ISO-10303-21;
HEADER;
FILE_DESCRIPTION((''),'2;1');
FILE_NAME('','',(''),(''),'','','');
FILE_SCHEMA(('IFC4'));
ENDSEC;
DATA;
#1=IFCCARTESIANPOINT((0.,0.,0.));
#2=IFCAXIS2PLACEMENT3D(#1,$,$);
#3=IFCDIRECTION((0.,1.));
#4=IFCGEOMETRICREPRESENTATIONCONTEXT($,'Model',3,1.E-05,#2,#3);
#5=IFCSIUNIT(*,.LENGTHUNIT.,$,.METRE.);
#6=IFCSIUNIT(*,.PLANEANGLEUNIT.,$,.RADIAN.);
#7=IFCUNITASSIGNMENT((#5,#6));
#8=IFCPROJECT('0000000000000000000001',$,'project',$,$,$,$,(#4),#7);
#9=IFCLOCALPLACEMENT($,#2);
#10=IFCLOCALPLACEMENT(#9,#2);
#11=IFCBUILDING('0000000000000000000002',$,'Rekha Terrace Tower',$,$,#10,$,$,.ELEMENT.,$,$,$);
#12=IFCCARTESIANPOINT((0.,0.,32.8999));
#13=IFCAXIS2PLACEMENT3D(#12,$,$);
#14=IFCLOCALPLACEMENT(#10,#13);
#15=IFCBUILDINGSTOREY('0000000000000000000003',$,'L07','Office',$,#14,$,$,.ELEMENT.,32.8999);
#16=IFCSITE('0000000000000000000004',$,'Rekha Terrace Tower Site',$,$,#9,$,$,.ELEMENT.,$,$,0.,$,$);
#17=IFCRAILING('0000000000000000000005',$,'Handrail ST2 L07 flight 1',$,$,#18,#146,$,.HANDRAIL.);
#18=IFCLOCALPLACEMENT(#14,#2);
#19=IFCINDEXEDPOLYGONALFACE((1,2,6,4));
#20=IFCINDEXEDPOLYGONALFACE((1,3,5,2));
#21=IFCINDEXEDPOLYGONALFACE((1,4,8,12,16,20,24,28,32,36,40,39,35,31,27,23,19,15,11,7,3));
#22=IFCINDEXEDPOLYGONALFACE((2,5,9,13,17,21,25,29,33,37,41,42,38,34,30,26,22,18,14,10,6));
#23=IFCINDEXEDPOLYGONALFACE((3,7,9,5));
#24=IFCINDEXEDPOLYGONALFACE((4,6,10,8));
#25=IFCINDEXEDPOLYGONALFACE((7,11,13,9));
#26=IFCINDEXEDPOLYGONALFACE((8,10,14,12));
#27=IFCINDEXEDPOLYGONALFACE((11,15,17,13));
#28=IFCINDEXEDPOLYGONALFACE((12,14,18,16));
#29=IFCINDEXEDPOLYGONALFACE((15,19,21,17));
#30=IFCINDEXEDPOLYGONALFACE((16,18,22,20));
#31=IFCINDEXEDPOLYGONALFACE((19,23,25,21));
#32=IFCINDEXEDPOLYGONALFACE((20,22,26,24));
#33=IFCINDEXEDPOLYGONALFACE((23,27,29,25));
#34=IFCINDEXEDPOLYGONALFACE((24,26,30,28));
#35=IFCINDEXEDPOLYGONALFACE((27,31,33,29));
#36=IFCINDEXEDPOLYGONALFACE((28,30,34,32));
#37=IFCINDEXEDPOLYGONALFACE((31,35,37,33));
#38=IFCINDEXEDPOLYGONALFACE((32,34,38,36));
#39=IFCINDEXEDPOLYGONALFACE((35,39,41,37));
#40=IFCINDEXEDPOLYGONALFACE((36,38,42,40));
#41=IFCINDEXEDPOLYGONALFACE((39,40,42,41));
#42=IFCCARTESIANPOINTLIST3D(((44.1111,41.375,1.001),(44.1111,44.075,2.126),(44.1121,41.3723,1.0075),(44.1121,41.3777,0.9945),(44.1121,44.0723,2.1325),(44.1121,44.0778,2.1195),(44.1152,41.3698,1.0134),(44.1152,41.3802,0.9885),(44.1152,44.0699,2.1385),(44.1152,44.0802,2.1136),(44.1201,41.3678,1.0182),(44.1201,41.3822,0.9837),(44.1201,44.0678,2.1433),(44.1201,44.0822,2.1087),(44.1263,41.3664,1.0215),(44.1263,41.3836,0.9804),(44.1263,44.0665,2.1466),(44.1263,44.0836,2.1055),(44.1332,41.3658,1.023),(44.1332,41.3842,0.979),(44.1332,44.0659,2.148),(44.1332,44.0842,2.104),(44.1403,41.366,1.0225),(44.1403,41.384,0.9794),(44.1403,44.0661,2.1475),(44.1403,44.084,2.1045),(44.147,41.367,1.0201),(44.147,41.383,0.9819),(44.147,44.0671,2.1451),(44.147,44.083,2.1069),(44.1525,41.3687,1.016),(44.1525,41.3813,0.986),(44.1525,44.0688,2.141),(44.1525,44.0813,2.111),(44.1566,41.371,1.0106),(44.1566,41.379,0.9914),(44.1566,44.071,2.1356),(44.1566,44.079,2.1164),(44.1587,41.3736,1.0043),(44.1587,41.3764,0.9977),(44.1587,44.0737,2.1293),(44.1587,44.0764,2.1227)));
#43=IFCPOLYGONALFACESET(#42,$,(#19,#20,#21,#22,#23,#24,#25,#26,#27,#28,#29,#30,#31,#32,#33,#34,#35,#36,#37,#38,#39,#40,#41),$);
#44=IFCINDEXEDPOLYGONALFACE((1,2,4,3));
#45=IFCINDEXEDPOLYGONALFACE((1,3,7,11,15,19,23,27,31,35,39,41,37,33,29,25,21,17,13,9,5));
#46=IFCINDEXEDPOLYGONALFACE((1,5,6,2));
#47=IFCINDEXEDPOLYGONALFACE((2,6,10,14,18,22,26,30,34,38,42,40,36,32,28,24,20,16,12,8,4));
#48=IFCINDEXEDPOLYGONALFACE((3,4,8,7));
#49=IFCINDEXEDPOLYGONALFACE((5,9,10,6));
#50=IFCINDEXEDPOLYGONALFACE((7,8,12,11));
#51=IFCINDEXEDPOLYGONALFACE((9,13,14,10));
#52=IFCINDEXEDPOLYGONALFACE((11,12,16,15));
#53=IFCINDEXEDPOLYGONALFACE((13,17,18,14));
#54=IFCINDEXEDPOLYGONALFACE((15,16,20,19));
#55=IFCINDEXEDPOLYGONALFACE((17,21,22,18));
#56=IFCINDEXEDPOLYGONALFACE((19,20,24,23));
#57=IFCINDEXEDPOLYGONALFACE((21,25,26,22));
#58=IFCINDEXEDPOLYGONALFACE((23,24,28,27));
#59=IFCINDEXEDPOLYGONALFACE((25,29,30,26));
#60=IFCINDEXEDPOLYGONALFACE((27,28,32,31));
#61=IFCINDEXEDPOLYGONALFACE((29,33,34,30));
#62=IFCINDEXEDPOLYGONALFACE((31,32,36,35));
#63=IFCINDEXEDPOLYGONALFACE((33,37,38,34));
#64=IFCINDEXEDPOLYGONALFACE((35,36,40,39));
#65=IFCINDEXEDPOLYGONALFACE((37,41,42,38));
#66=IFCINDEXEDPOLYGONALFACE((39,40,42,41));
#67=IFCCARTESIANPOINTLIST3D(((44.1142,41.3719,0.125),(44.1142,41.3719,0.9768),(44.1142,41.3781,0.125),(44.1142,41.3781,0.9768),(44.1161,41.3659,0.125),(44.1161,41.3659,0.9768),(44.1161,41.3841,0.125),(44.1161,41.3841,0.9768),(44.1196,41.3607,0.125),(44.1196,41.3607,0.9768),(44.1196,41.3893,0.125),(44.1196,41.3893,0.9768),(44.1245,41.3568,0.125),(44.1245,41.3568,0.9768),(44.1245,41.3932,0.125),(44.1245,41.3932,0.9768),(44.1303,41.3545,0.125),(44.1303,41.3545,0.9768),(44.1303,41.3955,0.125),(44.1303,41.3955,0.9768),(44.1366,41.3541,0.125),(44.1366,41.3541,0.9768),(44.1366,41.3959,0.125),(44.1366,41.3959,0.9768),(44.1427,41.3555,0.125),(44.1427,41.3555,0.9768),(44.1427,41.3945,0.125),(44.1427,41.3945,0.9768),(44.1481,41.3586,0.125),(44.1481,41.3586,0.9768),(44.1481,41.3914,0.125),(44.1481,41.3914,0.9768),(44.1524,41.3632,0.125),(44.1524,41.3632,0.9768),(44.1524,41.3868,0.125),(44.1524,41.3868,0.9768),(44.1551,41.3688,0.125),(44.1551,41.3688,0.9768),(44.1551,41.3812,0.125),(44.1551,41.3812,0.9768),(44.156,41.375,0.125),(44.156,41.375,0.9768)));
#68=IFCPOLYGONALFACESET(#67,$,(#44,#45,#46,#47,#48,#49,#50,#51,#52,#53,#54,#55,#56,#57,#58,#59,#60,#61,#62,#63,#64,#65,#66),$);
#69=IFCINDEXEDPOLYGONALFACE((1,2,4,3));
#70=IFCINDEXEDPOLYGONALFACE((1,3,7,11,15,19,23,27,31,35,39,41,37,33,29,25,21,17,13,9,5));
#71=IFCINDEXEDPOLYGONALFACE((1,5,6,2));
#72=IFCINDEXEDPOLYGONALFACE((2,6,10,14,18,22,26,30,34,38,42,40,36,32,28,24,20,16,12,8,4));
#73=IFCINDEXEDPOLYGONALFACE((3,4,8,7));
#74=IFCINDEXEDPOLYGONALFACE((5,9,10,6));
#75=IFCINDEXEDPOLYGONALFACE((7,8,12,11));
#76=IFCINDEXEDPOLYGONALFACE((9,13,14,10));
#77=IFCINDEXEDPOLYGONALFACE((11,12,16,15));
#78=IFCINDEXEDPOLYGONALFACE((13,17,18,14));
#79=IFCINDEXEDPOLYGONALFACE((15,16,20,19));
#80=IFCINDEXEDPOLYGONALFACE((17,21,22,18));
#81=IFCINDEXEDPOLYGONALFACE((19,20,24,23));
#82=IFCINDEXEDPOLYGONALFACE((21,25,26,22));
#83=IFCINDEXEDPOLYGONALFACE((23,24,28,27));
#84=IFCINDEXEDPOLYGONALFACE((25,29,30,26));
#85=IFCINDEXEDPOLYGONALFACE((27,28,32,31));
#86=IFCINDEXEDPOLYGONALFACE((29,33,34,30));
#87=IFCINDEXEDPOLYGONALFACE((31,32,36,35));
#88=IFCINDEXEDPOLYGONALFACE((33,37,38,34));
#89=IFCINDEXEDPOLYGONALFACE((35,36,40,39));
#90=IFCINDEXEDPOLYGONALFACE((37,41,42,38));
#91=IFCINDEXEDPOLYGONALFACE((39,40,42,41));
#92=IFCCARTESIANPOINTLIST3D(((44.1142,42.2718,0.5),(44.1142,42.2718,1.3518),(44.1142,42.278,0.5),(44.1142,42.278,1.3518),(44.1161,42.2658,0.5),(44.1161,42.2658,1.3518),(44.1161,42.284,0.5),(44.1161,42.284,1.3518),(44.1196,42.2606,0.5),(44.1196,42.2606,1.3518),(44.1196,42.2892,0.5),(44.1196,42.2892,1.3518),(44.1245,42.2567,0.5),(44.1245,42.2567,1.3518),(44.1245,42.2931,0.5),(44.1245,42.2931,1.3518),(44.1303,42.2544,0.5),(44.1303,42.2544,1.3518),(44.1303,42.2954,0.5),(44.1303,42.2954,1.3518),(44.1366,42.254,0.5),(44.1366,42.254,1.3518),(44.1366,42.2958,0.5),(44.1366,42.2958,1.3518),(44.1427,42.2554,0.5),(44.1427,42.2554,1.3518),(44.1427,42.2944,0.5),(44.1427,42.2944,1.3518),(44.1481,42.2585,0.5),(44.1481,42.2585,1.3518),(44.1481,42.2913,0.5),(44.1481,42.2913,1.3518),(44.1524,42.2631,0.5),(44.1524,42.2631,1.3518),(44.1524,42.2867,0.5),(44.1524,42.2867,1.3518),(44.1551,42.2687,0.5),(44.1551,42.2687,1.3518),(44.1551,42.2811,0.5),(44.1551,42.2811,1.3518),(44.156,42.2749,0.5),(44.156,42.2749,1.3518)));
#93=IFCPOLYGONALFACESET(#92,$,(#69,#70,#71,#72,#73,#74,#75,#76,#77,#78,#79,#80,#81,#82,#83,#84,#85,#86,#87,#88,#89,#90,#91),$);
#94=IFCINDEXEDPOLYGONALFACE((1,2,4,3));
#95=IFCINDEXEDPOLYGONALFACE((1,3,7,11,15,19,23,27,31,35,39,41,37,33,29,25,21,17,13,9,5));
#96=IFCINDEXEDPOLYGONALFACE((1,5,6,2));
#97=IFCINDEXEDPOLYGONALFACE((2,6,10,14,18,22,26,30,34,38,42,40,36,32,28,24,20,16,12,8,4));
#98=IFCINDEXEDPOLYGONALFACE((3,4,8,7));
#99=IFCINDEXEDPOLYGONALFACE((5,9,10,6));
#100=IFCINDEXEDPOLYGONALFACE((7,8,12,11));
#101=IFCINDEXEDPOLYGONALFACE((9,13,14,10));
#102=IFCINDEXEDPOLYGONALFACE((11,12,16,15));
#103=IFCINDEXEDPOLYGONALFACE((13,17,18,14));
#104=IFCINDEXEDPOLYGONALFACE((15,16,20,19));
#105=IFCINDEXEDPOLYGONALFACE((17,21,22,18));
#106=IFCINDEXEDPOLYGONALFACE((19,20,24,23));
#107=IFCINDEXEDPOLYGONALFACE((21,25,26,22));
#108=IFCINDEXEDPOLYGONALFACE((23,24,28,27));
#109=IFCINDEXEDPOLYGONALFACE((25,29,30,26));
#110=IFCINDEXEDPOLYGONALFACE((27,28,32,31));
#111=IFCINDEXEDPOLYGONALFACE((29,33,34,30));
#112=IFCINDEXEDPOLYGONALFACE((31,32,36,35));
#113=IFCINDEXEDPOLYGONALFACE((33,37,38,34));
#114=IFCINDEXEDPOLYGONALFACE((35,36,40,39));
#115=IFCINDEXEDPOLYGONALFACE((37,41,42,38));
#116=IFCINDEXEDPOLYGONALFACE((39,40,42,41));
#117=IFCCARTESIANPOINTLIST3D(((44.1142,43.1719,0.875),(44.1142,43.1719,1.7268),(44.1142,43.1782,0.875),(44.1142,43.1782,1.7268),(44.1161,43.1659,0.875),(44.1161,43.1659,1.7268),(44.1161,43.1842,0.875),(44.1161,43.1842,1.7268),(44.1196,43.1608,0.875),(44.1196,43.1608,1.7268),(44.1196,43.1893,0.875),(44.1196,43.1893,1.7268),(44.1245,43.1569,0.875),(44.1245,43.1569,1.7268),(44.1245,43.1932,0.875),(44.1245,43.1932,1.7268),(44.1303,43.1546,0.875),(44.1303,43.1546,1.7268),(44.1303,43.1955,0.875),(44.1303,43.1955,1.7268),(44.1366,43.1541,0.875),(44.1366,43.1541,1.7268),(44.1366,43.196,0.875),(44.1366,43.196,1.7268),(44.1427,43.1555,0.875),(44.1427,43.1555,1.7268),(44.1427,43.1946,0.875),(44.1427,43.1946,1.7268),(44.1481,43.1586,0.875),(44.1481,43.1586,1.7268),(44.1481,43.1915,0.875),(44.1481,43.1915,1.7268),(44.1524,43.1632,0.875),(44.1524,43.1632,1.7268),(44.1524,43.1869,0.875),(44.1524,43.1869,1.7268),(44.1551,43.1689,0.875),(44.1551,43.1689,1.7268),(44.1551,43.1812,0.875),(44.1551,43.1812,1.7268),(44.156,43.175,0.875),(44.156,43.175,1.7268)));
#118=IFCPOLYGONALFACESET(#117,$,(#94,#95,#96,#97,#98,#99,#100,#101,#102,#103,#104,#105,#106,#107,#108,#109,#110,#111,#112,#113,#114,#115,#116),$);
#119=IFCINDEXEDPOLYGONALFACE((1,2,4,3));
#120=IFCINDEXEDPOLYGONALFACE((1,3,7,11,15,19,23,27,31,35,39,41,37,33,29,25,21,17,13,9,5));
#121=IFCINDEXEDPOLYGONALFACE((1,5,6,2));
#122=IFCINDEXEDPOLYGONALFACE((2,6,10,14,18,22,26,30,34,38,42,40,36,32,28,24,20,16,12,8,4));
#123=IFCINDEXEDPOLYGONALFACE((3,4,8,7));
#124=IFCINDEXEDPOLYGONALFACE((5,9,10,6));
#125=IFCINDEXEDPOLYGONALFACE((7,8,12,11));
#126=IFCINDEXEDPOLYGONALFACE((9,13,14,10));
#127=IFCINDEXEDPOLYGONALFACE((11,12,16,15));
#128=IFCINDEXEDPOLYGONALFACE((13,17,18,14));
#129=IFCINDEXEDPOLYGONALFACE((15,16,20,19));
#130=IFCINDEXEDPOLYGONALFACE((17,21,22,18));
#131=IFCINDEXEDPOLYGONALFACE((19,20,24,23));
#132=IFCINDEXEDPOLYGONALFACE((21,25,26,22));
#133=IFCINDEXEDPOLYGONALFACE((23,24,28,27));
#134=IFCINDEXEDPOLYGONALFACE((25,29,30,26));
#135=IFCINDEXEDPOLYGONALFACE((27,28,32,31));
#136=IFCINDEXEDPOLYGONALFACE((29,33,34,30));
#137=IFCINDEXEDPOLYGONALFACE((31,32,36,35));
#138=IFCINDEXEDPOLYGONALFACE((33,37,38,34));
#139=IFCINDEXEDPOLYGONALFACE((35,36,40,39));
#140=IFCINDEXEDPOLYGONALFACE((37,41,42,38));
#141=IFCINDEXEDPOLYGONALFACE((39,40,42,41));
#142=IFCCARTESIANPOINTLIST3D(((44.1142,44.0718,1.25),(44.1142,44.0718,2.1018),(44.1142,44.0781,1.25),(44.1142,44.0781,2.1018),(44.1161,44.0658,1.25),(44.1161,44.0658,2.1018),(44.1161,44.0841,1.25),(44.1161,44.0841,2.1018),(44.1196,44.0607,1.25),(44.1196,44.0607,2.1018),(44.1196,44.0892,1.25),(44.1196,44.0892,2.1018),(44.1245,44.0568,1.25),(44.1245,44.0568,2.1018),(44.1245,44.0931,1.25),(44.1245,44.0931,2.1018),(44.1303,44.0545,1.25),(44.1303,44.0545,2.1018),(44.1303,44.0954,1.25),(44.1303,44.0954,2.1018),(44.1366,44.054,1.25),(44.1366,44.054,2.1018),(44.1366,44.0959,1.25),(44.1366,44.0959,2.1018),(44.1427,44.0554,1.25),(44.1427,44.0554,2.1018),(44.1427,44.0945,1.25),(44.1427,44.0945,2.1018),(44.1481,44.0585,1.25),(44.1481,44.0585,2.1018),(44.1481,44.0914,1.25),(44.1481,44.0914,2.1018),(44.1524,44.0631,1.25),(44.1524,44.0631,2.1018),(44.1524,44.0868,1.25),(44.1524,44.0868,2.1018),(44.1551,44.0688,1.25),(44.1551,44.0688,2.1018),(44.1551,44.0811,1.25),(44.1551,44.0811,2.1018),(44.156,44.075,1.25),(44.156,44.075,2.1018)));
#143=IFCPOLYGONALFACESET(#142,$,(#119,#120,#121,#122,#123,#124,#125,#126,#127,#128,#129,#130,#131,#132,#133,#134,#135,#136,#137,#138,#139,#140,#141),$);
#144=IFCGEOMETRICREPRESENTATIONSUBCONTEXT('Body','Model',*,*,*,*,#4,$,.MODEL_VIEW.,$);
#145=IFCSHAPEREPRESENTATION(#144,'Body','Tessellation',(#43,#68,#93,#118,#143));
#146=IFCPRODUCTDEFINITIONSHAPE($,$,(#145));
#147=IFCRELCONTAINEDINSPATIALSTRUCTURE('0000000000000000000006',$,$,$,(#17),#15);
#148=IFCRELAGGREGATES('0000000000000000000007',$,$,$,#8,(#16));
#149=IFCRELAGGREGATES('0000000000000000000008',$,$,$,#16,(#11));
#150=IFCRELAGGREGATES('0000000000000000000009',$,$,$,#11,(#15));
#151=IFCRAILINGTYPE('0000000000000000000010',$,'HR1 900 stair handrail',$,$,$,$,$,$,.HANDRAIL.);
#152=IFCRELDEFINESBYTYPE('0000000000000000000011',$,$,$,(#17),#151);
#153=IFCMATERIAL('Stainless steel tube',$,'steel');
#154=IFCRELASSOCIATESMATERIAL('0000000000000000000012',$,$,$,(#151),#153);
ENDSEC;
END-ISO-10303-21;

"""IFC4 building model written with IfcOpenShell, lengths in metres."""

from ifc_helpers import new_model, si_unit, direction, frame, origin, origin_2d, place, context, subcontext, project, spatial, circle, extrude, material, type_object, element, save


model = new_model("IFC4")

# Units and contexts
model_context = context("Model", 3, precision=1e-05, world=origin(), true_north=direction((0.0, 1.0)))
body_context = subcontext(model_context, "Body", "Model", "MODEL_VIEW")
ifc_project = project(units=[si_unit("LENGTHUNIT", "METRE"), si_unit("PLANEANGLEUNIT", "RADIAN")], contexts=[model_context])

# Site, building, storey
site_placement = place(None, origin())
site = spatial("IfcSite", under=ifc_project, at=site_placement, Name="Rekha Terrace Tower Site", CompositionType="ELEMENT", RefElevation=0.0)
building_placement = place(site_placement, origin())
building = spatial("IfcBuilding", under=site, at=building_placement, Name="Rekha Terrace Tower", CompositionType="ELEMENT")
storey_placement = place(building_placement, frame((0.0, 0.0, 32.8999)))
storey = spatial("IfcBuildingStorey", under=building, at=storey_placement, Name="L07", Description="Office", CompositionType="ELEMENT", Elevation=32.8999)

# Railing
ifc_material_1 = material(Name="Stainless steel tube", Category="steel")
railing_type_1 = type_object("IfcRailingType", Name="HR1 900 stair handrail", PredefinedType="HANDRAIL", material=ifc_material_1)
for number, where, name in (
    (1, (44.135, 41.375, 0.125), "Handrail ST2 L07 flight 1"),
):
    element("IfcRailing", number, at=place(storey_placement, frame(where)), inside=storey, type_object=railing_type_1, Name=name, PredefinedType="HANDRAIL", context=body_context, shape_type="SweptSolid", body=[
        extrude(circle(Radius=0.0239, at=origin_2d()), frame((0.0, 0.0, 0.876), z_axis=(0.0, 0.923074, 0.384621), x_axis=(-1.0, 0.0, 0.0)), (0.0, 0.0, 1.0), 2.925),
        extrude(circle(Radius=0.021, at=origin_2d()), origin(), (0.0, 0.0, 1.0), 0.8518),
        extrude(circle(Radius=0.021, at=origin_2d()), frame((0.0, 0.8999, 0.375)), (0.0, 0.0, 1.0), 0.8518),
        extrude(circle(Radius=0.021, at=origin_2d()), frame((0.0, 1.8, 0.75)), (0.0, 0.0, 1.0), 0.8518),
        extrude(circle(Radius=0.021, at=origin_2d()), frame((0.0, 2.7, 1.125)), (0.0, 0.0, 1.0), 0.8518),
    ])

save(model, "model.ifc")
